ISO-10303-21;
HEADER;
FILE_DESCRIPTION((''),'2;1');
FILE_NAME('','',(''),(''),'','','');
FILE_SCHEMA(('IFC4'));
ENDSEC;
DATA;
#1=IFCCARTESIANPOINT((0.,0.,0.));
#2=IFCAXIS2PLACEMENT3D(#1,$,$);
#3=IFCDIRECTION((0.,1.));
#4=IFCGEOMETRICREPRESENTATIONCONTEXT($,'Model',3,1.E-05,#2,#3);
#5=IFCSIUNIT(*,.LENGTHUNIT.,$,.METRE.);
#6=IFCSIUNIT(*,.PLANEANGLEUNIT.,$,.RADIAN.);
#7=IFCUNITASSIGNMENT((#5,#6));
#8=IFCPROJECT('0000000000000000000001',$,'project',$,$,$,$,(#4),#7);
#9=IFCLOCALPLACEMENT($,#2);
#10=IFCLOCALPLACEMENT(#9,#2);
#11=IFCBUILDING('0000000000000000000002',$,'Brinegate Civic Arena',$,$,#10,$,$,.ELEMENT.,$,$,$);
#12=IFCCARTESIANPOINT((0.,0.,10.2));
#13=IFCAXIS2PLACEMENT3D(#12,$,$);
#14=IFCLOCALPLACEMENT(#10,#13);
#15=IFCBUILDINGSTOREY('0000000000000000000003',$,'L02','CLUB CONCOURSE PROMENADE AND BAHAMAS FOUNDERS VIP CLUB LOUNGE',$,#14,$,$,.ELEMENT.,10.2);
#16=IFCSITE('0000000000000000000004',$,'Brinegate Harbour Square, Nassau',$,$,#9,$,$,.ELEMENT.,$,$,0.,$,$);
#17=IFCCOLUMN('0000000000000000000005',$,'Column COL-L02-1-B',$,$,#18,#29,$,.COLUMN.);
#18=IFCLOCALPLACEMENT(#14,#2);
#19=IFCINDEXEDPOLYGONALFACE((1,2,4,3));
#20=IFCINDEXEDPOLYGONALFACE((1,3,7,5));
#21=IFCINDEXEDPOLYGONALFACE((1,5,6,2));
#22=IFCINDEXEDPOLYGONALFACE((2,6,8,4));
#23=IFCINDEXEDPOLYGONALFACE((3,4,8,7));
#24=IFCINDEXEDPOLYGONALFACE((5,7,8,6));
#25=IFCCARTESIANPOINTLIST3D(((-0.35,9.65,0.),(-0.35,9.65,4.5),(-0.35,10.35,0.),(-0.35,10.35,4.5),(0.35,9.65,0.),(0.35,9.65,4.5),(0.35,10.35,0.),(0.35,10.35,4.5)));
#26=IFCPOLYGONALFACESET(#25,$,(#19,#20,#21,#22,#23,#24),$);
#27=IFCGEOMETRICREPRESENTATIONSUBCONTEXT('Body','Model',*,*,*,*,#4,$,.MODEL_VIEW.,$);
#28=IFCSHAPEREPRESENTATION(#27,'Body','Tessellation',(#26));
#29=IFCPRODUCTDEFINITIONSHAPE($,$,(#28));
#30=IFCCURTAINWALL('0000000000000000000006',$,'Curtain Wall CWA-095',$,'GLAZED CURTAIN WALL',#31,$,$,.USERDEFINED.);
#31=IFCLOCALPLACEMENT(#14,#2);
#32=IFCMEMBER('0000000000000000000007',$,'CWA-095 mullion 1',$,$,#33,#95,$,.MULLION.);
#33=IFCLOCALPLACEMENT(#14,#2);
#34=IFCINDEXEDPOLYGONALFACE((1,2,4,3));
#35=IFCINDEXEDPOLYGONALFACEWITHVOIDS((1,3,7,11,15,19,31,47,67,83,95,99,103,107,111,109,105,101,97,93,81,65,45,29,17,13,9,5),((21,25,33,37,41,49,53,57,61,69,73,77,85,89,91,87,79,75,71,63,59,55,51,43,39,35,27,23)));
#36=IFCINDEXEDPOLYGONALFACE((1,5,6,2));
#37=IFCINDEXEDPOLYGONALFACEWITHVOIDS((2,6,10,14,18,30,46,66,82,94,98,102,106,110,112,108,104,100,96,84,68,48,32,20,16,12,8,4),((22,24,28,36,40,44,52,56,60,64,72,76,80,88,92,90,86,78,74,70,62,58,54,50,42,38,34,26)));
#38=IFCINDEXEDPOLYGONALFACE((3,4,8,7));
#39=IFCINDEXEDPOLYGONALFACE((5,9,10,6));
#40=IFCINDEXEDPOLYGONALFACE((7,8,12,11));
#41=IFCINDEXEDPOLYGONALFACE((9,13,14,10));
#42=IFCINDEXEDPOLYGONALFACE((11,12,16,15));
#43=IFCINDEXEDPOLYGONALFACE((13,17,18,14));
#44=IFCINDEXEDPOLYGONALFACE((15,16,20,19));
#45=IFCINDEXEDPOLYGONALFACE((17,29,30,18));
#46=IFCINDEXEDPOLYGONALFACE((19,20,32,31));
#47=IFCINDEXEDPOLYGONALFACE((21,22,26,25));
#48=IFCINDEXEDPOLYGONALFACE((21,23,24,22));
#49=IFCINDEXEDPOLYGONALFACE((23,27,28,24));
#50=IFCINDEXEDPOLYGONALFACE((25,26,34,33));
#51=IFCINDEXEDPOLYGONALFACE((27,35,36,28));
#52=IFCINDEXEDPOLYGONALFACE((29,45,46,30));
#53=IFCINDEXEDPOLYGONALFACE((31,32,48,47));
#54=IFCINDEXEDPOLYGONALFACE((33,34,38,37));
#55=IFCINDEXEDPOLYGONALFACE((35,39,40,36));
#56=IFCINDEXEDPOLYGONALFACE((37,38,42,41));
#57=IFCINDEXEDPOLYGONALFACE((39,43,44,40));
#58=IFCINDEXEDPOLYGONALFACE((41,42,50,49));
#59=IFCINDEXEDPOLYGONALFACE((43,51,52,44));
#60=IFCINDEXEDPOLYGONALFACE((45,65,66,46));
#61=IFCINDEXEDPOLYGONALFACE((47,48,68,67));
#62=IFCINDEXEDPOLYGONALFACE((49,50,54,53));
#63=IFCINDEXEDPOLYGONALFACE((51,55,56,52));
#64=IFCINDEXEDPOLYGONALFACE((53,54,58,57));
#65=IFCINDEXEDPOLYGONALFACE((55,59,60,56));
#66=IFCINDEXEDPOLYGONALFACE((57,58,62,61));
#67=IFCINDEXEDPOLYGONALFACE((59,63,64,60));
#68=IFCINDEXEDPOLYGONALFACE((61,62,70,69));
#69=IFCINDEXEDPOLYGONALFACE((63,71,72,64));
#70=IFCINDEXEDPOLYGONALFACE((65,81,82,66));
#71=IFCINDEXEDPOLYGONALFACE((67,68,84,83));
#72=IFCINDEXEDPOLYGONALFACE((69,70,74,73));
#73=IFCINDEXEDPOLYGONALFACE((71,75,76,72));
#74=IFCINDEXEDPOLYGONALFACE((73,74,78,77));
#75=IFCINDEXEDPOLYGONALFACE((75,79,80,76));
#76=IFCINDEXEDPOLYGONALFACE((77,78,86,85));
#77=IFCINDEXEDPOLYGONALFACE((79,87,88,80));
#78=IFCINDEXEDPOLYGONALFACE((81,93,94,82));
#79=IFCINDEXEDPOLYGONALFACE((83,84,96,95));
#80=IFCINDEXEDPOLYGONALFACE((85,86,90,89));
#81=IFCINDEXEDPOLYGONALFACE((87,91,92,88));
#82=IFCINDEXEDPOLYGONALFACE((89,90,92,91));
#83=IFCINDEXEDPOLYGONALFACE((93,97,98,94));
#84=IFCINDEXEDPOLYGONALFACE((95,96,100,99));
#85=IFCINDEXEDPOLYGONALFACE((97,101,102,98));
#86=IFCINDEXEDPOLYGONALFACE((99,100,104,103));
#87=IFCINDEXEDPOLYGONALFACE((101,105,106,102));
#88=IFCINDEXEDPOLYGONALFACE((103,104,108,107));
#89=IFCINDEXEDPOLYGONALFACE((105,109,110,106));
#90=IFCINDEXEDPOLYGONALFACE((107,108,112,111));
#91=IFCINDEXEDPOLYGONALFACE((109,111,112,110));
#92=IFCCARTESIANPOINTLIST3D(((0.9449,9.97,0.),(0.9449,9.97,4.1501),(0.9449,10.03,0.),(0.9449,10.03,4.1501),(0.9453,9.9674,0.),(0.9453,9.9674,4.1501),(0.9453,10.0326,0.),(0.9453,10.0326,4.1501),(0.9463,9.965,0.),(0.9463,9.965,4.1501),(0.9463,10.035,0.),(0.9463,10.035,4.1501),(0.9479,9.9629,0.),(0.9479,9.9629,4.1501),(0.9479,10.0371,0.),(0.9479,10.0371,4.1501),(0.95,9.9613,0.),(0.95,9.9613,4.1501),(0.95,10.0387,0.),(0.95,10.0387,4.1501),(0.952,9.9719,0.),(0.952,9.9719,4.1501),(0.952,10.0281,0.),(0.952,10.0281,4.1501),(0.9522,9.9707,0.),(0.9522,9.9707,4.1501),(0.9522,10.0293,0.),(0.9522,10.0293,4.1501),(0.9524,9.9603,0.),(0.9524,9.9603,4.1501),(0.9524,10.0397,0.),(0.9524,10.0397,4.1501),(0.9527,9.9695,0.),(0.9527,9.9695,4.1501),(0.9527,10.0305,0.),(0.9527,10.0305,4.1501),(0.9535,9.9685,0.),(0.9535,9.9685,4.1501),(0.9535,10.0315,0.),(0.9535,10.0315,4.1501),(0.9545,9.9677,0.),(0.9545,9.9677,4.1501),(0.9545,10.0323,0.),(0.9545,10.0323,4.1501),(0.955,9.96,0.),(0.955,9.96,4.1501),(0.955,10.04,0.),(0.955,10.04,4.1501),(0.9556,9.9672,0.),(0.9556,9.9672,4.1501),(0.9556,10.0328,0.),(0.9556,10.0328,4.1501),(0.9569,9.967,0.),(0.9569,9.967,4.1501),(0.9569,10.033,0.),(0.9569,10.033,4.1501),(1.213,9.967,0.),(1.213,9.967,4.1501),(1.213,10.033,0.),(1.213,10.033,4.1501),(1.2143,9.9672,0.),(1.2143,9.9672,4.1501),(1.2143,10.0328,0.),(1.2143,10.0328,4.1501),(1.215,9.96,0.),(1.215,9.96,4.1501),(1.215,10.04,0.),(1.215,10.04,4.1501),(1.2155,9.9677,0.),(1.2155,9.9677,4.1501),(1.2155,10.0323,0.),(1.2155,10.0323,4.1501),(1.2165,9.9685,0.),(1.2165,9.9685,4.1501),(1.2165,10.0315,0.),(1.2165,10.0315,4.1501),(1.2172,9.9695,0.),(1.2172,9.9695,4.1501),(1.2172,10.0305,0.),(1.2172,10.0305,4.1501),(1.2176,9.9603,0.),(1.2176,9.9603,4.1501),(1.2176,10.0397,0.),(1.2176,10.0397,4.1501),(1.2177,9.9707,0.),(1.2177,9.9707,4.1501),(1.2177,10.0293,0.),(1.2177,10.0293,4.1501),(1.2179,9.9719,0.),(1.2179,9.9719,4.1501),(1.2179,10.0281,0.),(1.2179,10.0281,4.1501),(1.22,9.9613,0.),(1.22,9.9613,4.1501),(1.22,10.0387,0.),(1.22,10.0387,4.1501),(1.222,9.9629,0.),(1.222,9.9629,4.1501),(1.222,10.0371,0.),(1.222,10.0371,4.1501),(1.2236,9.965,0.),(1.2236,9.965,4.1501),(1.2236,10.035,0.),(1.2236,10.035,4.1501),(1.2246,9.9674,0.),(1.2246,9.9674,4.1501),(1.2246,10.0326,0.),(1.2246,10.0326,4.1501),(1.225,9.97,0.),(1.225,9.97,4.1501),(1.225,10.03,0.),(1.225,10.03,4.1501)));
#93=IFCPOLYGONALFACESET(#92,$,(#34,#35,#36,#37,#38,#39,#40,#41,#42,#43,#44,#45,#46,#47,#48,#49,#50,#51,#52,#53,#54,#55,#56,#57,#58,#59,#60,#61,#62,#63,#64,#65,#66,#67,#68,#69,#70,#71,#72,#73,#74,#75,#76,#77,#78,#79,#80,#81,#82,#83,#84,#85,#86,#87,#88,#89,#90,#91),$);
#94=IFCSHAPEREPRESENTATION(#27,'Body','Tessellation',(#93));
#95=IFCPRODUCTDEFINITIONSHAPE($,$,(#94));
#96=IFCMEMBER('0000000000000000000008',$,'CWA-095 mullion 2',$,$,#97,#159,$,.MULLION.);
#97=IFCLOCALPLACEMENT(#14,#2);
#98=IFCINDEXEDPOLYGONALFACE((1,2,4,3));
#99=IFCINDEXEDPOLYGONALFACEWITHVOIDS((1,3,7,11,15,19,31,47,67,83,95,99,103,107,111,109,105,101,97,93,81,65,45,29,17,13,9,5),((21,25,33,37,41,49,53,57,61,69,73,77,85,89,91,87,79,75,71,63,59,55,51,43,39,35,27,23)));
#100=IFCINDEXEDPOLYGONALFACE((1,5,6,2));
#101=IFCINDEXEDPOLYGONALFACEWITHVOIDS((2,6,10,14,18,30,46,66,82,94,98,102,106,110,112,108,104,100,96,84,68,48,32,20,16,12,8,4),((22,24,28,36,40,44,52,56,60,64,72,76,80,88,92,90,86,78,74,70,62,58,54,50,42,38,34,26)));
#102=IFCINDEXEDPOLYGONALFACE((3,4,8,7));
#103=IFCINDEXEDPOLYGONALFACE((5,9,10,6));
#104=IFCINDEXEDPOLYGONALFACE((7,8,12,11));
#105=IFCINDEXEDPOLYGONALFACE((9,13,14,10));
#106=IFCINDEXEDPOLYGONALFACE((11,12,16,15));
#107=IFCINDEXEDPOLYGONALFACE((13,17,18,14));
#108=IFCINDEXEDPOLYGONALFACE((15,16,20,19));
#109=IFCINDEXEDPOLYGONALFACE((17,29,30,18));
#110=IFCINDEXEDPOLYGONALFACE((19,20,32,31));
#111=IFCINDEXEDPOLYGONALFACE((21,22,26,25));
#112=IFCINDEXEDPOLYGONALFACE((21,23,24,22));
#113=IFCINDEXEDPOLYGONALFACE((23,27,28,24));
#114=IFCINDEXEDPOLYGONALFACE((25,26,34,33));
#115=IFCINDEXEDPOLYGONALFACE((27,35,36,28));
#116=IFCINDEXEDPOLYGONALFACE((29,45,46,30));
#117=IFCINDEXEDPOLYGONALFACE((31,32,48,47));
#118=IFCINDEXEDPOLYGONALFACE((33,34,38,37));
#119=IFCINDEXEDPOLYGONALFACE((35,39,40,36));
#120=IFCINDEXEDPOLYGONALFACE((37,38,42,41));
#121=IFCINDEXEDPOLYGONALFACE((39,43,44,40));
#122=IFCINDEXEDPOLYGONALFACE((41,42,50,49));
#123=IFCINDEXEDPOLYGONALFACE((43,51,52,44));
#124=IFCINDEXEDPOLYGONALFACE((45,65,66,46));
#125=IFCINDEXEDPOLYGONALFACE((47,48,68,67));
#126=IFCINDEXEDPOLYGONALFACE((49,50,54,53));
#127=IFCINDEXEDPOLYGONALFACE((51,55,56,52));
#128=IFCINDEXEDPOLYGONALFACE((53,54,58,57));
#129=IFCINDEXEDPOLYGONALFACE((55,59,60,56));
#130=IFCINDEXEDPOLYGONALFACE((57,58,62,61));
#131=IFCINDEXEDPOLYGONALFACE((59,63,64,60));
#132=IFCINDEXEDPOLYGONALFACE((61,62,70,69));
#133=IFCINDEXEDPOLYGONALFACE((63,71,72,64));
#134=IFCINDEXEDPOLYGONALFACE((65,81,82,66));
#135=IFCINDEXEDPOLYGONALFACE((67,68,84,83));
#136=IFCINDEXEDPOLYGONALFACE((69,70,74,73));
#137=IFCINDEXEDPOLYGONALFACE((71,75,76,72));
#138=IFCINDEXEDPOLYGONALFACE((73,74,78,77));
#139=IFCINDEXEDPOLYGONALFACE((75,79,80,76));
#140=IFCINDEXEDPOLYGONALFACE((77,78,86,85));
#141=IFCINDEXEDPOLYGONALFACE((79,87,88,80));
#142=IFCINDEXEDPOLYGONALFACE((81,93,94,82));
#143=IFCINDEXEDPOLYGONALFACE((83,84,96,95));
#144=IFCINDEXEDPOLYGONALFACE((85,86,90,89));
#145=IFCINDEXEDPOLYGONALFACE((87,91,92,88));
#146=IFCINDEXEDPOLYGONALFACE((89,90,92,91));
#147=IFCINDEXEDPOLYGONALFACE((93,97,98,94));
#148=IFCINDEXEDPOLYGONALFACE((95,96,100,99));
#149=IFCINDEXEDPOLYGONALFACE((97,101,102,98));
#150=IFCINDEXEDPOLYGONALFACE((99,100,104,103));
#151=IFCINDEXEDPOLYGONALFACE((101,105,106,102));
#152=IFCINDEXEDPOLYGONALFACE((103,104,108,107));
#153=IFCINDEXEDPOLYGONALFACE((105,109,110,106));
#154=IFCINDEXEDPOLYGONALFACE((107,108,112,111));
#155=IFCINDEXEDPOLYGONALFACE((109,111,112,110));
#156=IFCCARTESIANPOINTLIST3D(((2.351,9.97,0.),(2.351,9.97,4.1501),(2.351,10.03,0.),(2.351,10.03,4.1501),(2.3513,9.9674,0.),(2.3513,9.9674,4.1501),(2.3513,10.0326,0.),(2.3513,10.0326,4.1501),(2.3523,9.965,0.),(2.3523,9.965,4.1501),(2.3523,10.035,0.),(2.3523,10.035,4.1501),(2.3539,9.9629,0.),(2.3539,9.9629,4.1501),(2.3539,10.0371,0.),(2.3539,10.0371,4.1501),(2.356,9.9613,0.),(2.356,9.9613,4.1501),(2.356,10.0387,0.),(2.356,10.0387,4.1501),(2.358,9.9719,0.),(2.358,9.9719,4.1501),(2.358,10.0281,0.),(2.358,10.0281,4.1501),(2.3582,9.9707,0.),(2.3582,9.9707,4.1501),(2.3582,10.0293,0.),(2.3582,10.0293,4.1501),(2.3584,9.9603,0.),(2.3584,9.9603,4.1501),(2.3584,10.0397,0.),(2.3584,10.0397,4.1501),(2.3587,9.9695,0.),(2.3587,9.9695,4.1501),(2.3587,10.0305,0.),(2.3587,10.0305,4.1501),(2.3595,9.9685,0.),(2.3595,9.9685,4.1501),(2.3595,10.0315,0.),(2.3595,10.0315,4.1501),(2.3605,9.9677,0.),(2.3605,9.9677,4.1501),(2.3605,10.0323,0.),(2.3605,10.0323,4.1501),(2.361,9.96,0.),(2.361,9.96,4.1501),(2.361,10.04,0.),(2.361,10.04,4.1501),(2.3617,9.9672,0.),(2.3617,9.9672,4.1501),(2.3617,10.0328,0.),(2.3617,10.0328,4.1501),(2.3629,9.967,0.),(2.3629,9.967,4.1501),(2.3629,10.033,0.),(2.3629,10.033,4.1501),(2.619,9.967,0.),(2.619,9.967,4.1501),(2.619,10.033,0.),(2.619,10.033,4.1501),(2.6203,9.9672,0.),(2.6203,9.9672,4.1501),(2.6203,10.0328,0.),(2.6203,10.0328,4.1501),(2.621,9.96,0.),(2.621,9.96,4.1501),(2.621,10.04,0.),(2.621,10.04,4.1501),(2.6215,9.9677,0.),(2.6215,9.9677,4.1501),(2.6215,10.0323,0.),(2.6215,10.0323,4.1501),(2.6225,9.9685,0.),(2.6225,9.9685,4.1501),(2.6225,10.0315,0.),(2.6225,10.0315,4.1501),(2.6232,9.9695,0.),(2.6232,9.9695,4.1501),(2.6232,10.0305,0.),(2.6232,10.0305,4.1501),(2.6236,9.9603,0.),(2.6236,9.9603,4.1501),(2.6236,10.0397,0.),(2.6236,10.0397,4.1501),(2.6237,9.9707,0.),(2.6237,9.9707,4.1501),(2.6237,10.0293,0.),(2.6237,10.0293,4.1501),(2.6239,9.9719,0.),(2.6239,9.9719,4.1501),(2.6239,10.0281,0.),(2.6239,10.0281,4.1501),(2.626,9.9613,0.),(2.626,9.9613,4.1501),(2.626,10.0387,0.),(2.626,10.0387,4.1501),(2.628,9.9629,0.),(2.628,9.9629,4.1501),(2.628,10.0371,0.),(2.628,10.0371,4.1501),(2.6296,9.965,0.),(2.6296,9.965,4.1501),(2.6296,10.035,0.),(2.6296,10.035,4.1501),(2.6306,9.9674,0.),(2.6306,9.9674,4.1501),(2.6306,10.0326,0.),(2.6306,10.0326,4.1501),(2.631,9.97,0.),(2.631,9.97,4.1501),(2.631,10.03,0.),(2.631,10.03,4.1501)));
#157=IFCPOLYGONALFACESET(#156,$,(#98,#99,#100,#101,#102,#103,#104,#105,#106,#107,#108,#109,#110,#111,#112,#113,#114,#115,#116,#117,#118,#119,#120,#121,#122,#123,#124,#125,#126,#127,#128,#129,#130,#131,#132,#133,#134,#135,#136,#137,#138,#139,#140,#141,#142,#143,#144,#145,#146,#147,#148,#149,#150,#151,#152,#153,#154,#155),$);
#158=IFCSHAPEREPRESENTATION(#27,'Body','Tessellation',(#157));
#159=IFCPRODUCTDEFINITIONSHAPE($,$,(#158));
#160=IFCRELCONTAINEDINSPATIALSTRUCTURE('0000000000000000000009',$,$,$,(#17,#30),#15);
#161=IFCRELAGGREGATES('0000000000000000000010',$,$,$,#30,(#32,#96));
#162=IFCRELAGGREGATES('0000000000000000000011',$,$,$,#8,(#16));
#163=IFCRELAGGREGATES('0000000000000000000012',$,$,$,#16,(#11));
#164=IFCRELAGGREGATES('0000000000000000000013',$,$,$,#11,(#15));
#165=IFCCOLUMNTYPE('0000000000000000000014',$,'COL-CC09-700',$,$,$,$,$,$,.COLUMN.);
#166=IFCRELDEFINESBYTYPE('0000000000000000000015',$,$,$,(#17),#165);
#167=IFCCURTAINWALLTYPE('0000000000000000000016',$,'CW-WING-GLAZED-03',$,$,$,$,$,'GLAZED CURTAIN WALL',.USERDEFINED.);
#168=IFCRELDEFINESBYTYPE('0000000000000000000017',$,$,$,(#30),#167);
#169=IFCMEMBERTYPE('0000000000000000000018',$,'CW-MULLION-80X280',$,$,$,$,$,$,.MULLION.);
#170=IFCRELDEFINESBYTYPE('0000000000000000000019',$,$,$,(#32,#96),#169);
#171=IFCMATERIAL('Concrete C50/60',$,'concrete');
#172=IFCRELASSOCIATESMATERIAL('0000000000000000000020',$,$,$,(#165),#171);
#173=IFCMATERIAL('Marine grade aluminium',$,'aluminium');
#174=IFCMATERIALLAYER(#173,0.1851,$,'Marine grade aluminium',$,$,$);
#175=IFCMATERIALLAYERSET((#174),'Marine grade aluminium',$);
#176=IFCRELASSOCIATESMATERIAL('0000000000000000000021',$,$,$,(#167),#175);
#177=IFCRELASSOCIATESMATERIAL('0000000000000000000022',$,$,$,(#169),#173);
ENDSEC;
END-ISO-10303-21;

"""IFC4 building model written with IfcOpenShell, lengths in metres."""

from ifc_helpers import new_model, si_unit, direction, frame, origin, origin_2d, place, context, subcontext, project, spatial, rectangle, hollow_rectangle, extrude, material, layer, layer_set, material_profile, profile_set, type_object, element, aggregate, save


model = new_model("IFC4")

# Units and contexts
model_context = context("Model", 3, precision=1e-05, world=origin(), true_north=direction((0.0, 1.0)))
body_context = subcontext(model_context, "Body", "Model", "MODEL_VIEW")
ifc_project = project(units=[si_unit("LENGTHUNIT", "METRE"), si_unit("PLANEANGLEUNIT", "RADIAN")], contexts=[model_context])

# Site, building, storey
site_placement = place(None, origin())
site = spatial("IfcSite", under=ifc_project, at=site_placement, Name="Brinegate Harbour Square, Nassau", CompositionType="ELEMENT", RefElevation=0.0)
building_placement = place(site_placement, origin())
building = spatial("IfcBuilding", under=site, at=building_placement, Name="Brinegate Civic Arena", CompositionType="ELEMENT")
storey_placement = place(building_placement, frame((0.0, 0.0, 10.2)))
storey = spatial("IfcBuildingStorey", under=building, at=storey_placement, Name="L02", Description="CLUB CONCOURSE PROMENADE AND BAHAMAS FOUNDERS VIP CLUB LOUNGE", CompositionType="ELEMENT", Elevation=10.2)

# Column
ifc_material_1 = material(Name="Concrete C50/60", Category="concrete")
ifc_material_profile_1 = material_profile(ifc_material_1, rectangle(XDim=0.7, YDim=0.7, at=origin_2d()), Name="RC700X700")
ifc_profile_set_1 = profile_set([ifc_material_profile_1], Name="Concrete C50/60")
column_type = type_object("IfcColumnType", Name="COL-CC09-700", PredefinedType="COLUMN", material=ifc_profile_set_1)
column_placement = place(storey_placement, frame((0.0, 10.0, 0.0), z_axis=(0.0, 0.0, 1.0), x_axis=(1.0, 0.0, 0.0)))
element("IfcColumn", 1, at=column_placement, inside=storey, type_object=column_type, Name="Column COL-L02-1-B", PredefinedType="COLUMN", context=body_context, shape_type="SweptSolid", body=[
    extrude(rectangle(XDim=0.7, YDim=0.7, at=origin_2d()), origin(), (0.0, 0.0, 1.0), 4.5),
])

# Curtain wall, members
ifc_material_2 = material(Name="Marine grade aluminium", Category="aluminium")
ifc_layer_1 = layer(ifc_material_2, 0.1851, Name="Marine grade aluminium")
ifc_layer_set_1 = layer_set([ifc_layer_1], Name="Marine grade aluminium")
curtain_wall_type = type_object("IfcCurtainWallType", Name="CW-WING-GLAZED-03", ElementType="GLAZED CURTAIN WALL", PredefinedType="USERDEFINED", material=ifc_layer_set_1)
curtain_wall_placement = place(storey_placement, origin())
curtain_wall = element("IfcCurtainWall", 2, at=curtain_wall_placement, inside=storey, type_object=curtain_wall_type, Name="Curtain Wall CWA-095", ObjectType="GLAZED CURTAIN WALL", PredefinedType="USERDEFINED")
ifc_material_profile_2 = material_profile(ifc_material_2, hollow_rectangle(XDim=0.0801, YDim=0.28, WallThickness=0.0071, InnerFilletRadius=0.0049, OuterFilletRadius=0.01, at=origin_2d()), Name="MUL80X280")
ifc_profile_set_2 = profile_set([ifc_material_profile_2], Name="Marine grade aluminium")
member_type_1 = type_object("IfcMemberType", Name="CW-MULLION-80X280", PredefinedType="MULLION", material=ifc_profile_set_2)
member_1_placement = place(storey_placement, frame((1.085, 10.0, 0.0), z_axis=(0.0, 0.0, 1.0), x_axis=(0.0, 1.0, 0.0)))
member_1 = element("IfcMember", 3, at=member_1_placement, type_object=member_type_1, Name="CWA-095 mullion 1", PredefinedType="MULLION", context=body_context, shape_type="SweptSolid", body=[
    extrude(hollow_rectangle(XDim=0.0801, YDim=0.28, WallThickness=0.0071, InnerFilletRadius=0.0049, OuterFilletRadius=0.01, at=origin_2d()), origin(), (0.0, 0.0, 1.0), 4.1501),
])
member_2_placement = place(storey_placement, frame((2.491, 10.0, 0.0), z_axis=(0.0, 0.0, 1.0), x_axis=(0.0, 1.0, 0.0)))
member_2 = element("IfcMember", 4, at=member_2_placement, type_object=member_type_1, Name="CWA-095 mullion 2", PredefinedType="MULLION", context=body_context, shape_type="SweptSolid", body=[
    extrude(hollow_rectangle(XDim=0.0801, YDim=0.28, WallThickness=0.0071, InnerFilletRadius=0.0049, OuterFilletRadius=0.01, at=origin_2d()), origin(), (0.0, 0.0, 1.0), 4.1501),
])

aggregate(curtain_wall, [member_1, member_2])

save(model, "model.ifc")
